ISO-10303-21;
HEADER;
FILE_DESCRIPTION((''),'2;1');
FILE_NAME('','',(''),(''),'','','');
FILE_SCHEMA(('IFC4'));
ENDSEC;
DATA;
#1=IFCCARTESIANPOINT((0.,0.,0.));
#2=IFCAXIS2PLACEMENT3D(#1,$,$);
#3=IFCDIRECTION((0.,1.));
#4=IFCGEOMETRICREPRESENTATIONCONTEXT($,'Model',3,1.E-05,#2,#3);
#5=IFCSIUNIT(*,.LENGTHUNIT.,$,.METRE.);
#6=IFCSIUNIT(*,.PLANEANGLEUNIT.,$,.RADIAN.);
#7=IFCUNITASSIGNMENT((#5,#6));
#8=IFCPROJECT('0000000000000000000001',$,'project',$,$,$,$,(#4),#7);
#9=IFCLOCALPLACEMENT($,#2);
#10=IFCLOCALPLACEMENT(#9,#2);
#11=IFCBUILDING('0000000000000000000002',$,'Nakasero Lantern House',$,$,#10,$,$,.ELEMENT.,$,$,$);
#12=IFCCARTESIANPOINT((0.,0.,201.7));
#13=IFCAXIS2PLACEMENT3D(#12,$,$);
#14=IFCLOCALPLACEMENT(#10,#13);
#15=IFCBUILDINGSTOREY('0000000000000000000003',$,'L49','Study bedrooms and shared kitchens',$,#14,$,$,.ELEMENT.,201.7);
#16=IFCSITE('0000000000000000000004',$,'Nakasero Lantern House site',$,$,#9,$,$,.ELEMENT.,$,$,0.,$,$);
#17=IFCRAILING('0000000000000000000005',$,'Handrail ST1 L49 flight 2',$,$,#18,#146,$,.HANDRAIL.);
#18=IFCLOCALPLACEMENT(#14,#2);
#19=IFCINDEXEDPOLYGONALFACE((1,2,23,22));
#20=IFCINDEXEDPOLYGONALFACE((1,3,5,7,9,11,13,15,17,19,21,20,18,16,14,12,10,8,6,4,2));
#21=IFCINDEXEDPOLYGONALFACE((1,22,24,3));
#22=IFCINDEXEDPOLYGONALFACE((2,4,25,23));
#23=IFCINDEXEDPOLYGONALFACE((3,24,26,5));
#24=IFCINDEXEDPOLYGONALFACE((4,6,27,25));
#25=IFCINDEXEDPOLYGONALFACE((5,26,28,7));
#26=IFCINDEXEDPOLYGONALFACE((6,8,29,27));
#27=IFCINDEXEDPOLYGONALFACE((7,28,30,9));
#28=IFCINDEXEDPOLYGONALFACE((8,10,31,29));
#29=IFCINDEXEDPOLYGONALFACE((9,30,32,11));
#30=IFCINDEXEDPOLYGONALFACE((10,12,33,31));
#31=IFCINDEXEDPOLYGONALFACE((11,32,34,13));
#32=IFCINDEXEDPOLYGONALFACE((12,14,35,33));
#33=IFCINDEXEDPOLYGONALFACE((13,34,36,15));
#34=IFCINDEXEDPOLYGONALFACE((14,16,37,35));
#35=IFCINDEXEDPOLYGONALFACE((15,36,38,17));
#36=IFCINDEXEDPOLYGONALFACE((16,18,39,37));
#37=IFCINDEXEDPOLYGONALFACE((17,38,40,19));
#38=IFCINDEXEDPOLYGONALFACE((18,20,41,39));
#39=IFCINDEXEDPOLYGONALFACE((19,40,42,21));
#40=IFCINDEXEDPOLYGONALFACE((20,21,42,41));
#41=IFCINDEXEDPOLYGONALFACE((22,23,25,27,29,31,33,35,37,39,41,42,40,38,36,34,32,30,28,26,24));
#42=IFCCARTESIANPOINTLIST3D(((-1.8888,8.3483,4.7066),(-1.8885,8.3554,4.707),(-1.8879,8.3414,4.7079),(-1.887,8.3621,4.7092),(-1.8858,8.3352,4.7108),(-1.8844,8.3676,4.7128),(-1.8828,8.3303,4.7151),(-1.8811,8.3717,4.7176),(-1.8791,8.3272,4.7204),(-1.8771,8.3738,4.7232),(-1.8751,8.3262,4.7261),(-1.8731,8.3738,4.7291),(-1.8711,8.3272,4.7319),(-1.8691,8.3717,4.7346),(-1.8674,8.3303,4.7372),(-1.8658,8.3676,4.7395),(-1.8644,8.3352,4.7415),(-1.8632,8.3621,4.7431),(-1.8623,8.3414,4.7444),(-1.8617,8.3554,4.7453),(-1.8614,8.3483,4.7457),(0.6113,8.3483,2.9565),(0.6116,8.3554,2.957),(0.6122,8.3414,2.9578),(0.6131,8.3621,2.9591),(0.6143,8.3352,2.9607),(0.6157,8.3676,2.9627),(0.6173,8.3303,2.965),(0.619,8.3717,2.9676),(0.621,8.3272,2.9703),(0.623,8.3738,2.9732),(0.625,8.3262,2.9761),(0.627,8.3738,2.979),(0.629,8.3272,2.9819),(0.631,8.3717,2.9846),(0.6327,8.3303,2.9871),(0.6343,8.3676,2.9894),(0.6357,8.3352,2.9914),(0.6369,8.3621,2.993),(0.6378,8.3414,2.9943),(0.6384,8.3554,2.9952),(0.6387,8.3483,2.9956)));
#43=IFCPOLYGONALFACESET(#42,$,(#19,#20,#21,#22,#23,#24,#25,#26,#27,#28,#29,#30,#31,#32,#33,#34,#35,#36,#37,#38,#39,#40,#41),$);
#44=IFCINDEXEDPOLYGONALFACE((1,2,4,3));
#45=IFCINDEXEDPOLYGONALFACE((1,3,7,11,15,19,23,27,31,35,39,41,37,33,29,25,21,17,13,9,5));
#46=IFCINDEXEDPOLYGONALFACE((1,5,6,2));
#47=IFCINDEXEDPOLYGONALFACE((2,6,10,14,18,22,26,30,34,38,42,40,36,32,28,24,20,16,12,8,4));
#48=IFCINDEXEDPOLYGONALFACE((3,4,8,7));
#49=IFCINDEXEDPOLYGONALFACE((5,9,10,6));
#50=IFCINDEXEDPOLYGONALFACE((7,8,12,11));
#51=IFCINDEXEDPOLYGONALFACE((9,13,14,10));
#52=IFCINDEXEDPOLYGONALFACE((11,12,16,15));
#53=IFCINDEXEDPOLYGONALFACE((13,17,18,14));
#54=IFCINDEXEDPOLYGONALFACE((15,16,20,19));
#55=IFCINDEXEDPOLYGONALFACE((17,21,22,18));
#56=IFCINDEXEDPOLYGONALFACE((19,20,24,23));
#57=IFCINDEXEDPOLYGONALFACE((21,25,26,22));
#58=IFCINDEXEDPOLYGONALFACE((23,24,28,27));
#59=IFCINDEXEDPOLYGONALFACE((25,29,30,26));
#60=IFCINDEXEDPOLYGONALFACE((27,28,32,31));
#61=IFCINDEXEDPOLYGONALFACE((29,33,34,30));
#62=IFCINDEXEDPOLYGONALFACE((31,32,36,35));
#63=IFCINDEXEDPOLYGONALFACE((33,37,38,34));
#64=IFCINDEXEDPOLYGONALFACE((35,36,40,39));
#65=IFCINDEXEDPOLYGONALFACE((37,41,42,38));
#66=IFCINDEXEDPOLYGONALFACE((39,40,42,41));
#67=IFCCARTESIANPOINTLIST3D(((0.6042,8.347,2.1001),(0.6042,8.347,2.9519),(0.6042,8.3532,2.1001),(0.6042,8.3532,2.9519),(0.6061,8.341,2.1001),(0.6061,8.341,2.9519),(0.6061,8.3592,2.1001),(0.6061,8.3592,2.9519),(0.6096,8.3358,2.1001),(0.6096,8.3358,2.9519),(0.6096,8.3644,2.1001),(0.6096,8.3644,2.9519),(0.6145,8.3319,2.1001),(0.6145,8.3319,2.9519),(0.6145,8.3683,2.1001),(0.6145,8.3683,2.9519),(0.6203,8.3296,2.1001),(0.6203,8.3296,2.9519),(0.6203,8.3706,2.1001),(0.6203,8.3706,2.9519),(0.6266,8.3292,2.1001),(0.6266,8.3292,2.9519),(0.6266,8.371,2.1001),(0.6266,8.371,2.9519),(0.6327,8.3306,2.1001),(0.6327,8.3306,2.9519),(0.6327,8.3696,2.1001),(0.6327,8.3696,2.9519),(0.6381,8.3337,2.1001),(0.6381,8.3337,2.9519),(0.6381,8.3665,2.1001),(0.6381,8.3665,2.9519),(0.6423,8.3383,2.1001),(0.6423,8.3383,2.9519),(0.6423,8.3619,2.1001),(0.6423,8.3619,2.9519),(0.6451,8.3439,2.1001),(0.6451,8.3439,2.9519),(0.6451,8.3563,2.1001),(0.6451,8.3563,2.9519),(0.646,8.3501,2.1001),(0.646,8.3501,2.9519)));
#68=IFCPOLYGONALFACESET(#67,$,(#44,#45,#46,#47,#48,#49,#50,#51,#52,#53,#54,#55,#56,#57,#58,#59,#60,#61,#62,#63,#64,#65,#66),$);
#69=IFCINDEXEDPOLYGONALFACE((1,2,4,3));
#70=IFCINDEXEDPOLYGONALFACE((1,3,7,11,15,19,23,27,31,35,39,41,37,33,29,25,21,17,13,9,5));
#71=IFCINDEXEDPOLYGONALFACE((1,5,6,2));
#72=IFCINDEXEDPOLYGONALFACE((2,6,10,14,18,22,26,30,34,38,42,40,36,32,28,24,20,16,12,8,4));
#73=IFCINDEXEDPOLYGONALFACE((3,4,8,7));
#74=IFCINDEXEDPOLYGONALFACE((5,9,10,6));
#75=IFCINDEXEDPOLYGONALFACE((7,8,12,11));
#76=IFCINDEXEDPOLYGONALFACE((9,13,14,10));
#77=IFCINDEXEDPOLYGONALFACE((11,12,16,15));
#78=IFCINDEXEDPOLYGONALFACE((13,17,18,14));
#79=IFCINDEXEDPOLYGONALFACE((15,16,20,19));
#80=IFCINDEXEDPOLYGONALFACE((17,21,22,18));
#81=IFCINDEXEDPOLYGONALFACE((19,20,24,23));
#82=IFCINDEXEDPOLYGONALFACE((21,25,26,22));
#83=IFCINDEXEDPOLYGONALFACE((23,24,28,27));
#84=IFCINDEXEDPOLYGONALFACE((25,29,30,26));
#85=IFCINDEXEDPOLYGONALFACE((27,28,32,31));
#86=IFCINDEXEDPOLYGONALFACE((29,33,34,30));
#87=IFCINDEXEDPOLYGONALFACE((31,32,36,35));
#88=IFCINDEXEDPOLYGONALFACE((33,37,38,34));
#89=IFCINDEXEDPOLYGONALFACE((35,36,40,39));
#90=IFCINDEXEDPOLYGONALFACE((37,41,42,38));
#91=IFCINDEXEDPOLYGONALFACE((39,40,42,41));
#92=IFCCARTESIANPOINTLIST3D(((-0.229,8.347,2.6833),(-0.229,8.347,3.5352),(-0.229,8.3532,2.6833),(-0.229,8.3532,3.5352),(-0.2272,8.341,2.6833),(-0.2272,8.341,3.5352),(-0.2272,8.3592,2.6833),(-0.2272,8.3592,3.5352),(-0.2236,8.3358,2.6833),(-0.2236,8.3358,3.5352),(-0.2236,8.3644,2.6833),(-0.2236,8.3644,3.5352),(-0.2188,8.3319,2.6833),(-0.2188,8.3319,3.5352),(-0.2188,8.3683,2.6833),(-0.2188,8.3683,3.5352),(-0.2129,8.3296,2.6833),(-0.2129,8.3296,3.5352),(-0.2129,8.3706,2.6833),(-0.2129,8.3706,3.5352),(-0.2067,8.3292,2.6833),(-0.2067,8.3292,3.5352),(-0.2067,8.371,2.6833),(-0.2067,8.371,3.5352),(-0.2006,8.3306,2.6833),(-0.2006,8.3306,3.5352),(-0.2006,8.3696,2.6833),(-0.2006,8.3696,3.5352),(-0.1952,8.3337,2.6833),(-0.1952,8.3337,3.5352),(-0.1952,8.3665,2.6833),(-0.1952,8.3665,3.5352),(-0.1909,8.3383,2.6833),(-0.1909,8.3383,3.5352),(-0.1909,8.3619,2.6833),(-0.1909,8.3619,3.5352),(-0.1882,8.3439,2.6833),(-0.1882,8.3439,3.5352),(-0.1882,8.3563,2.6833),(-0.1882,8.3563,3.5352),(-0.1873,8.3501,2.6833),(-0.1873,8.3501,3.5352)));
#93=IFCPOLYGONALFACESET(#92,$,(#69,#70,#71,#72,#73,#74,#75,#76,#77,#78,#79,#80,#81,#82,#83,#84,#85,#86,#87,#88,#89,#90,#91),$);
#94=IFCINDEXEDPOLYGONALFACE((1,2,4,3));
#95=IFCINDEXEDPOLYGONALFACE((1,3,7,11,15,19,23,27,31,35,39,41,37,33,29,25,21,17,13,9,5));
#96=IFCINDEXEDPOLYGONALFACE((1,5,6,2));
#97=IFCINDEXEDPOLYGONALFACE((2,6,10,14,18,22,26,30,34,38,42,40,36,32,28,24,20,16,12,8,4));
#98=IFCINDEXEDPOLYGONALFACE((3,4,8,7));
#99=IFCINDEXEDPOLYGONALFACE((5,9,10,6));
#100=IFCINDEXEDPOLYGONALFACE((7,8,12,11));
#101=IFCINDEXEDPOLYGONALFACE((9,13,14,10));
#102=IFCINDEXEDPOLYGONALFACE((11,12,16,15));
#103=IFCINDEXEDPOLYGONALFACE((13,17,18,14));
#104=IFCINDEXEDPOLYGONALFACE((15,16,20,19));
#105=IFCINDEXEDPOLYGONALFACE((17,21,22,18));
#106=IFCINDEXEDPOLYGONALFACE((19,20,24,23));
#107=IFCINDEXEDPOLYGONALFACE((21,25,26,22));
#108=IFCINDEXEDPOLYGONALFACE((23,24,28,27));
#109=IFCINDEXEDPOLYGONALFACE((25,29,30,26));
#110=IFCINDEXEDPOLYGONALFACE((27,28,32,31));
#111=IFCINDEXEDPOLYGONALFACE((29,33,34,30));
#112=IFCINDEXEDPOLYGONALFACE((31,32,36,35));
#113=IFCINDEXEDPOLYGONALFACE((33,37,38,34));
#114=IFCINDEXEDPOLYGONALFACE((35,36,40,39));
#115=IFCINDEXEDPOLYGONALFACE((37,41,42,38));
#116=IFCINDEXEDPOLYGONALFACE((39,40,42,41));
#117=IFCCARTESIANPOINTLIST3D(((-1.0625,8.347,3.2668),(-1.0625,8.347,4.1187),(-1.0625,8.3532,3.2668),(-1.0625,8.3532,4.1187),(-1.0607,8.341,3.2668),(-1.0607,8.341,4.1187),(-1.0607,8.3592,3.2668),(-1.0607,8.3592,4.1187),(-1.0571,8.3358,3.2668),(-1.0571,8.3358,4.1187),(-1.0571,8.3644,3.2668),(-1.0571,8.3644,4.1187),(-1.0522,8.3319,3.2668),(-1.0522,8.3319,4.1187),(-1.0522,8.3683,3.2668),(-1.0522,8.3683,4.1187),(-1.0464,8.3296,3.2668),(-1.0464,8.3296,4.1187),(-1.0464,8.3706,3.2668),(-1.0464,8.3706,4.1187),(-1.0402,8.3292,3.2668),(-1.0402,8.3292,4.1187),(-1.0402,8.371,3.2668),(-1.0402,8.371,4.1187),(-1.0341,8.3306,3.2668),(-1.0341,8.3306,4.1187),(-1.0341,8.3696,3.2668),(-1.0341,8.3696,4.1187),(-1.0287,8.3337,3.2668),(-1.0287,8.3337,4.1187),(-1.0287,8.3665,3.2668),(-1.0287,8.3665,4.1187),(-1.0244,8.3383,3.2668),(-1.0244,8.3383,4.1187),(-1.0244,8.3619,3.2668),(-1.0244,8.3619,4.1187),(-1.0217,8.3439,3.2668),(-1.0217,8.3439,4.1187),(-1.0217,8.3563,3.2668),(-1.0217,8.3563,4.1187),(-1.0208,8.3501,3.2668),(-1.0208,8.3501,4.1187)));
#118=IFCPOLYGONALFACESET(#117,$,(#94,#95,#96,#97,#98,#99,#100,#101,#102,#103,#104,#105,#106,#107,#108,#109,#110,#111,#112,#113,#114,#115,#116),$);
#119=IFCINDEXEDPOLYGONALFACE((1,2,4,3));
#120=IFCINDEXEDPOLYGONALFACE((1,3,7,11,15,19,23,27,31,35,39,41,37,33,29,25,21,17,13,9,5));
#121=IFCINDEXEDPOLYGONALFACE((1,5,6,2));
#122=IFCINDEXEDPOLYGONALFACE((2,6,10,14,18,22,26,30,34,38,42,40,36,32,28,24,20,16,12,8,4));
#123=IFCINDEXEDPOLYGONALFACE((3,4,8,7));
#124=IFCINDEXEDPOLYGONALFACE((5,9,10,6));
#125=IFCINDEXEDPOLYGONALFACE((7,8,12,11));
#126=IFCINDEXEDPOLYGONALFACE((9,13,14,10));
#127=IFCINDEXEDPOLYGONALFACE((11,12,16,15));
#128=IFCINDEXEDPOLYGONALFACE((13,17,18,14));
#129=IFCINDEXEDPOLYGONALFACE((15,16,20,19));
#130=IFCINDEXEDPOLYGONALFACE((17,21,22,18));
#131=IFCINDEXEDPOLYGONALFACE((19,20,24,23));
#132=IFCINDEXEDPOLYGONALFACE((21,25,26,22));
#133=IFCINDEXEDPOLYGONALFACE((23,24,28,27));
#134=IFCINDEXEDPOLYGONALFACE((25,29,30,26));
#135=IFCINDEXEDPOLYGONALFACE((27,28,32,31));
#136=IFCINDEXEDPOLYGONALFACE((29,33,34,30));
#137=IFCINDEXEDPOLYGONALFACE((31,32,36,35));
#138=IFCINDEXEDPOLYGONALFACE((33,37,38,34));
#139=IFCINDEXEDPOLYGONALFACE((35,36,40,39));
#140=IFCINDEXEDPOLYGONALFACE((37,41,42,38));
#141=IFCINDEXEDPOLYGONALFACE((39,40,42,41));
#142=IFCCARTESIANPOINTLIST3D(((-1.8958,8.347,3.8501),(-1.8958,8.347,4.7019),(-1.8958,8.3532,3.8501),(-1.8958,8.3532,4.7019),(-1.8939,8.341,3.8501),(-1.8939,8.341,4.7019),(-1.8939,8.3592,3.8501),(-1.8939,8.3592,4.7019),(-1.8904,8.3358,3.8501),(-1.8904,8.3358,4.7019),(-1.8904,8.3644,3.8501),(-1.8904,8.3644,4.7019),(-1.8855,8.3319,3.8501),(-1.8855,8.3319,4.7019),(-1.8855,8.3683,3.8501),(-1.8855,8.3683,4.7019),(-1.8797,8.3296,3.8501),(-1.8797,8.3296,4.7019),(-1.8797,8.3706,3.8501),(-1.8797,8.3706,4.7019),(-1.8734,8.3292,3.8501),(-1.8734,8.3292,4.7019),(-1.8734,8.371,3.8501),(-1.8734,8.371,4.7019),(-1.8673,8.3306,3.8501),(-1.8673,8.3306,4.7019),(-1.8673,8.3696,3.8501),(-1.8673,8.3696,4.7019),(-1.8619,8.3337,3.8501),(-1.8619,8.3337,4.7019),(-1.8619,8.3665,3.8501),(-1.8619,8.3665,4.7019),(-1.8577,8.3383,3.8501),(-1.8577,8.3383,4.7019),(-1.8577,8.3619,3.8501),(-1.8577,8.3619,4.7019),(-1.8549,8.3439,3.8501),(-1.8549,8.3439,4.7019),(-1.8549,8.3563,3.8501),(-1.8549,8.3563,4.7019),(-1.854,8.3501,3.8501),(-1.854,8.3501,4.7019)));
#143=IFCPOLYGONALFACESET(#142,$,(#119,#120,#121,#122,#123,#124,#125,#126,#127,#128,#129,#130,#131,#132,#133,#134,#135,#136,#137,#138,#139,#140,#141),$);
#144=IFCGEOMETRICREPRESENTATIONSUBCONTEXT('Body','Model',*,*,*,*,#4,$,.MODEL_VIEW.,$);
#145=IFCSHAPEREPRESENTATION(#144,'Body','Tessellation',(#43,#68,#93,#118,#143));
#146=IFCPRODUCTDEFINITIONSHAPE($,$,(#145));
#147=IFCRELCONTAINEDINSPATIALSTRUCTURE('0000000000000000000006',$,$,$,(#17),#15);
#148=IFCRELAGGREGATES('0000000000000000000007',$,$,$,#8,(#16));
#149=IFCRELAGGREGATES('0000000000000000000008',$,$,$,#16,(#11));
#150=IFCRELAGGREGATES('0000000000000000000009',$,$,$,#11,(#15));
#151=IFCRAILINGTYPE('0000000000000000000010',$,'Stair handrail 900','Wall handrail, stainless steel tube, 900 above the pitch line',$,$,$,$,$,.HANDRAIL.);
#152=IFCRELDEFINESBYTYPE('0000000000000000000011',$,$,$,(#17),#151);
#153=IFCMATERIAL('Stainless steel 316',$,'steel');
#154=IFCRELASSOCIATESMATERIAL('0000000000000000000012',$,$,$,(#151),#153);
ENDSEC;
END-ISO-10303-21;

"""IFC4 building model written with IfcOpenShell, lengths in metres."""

from ifc_helpers import new_model, si_unit, direction, frame, origin, origin_2d, place, context, subcontext, project, spatial, circle, extrude, material, type_object, element, save


model = new_model("IFC4")

# Units and contexts
model_context = context("Model", 3, precision=1e-05, world=origin(), true_north=direction((0.0, 1.0)))
body_context = subcontext(model_context, "Body", "Model", "MODEL_VIEW")
ifc_project = project(units=[si_unit("LENGTHUNIT", "METRE"), si_unit("PLANEANGLEUNIT", "RADIAN")], contexts=[model_context])

# Site, building, storey
site_placement = place(None, origin())
site = spatial("IfcSite", under=ifc_project, at=site_placement, Name="Nakasero Lantern House site", CompositionType="ELEMENT", RefElevation=0.0)
building_placement = place(site_placement, origin())
building = spatial("IfcBuilding", under=site, at=building_placement, Name="Nakasero Lantern House", CompositionType="ELEMENT")
storey_placement = place(building_placement, frame((0.0, 0.0, 201.7)))
storey = spatial("IfcBuildingStorey", under=building, at=storey_placement, Name="L49", Description="Study bedrooms and shared kitchens", CompositionType="ELEMENT", Elevation=201.7)

# Railing
ifc_material_1 = material(Name="Stainless steel 316", Category="steel")
railing_type = type_object("IfcRailingType", Name="Stair handrail 900", Description="Wall handrail, stainless steel tube, 900 above the pitch line", PredefinedType="HANDRAIL", material=ifc_material_1)
railing_placement = place(storey_placement, frame((0.625, 8.3501, 2.1001)))
element("IfcRailing", 1, at=railing_placement, inside=storey, type_object=railing_type, Name="Handrail ST1 L49 flight 2", PredefinedType="HANDRAIL", context=body_context, shape_type="SweptSolid", body=[
    extrude(circle(Radius=0.0239, at=origin_2d()), frame((0.0, 0.0, 0.876), z_axis=(-0.819232, 0.0, 0.573462), x_axis=(0.0, -1.0, 0.0)), (0.0, 0.0, 1.0), 3.0518),
    extrude(circle(Radius=0.021, at=origin_2d()), origin(), (0.0, 0.0, 1.0), 0.8518),
    extrude(circle(Radius=0.021, at=origin_2d()), frame((-0.8333, 0.0, 0.5833)), (0.0, 0.0, 1.0), 0.8518),
    extrude(circle(Radius=0.021, at=origin_2d()), frame((-1.6667, 0.0, 1.1667)), (0.0, 0.0, 1.0), 0.8518),
    extrude(circle(Radius=0.021, at=origin_2d()), frame((-2.5, 0.0, 1.75)), (0.0, 0.0, 1.0), 0.8518),
])

save(model, "model.ifc")
